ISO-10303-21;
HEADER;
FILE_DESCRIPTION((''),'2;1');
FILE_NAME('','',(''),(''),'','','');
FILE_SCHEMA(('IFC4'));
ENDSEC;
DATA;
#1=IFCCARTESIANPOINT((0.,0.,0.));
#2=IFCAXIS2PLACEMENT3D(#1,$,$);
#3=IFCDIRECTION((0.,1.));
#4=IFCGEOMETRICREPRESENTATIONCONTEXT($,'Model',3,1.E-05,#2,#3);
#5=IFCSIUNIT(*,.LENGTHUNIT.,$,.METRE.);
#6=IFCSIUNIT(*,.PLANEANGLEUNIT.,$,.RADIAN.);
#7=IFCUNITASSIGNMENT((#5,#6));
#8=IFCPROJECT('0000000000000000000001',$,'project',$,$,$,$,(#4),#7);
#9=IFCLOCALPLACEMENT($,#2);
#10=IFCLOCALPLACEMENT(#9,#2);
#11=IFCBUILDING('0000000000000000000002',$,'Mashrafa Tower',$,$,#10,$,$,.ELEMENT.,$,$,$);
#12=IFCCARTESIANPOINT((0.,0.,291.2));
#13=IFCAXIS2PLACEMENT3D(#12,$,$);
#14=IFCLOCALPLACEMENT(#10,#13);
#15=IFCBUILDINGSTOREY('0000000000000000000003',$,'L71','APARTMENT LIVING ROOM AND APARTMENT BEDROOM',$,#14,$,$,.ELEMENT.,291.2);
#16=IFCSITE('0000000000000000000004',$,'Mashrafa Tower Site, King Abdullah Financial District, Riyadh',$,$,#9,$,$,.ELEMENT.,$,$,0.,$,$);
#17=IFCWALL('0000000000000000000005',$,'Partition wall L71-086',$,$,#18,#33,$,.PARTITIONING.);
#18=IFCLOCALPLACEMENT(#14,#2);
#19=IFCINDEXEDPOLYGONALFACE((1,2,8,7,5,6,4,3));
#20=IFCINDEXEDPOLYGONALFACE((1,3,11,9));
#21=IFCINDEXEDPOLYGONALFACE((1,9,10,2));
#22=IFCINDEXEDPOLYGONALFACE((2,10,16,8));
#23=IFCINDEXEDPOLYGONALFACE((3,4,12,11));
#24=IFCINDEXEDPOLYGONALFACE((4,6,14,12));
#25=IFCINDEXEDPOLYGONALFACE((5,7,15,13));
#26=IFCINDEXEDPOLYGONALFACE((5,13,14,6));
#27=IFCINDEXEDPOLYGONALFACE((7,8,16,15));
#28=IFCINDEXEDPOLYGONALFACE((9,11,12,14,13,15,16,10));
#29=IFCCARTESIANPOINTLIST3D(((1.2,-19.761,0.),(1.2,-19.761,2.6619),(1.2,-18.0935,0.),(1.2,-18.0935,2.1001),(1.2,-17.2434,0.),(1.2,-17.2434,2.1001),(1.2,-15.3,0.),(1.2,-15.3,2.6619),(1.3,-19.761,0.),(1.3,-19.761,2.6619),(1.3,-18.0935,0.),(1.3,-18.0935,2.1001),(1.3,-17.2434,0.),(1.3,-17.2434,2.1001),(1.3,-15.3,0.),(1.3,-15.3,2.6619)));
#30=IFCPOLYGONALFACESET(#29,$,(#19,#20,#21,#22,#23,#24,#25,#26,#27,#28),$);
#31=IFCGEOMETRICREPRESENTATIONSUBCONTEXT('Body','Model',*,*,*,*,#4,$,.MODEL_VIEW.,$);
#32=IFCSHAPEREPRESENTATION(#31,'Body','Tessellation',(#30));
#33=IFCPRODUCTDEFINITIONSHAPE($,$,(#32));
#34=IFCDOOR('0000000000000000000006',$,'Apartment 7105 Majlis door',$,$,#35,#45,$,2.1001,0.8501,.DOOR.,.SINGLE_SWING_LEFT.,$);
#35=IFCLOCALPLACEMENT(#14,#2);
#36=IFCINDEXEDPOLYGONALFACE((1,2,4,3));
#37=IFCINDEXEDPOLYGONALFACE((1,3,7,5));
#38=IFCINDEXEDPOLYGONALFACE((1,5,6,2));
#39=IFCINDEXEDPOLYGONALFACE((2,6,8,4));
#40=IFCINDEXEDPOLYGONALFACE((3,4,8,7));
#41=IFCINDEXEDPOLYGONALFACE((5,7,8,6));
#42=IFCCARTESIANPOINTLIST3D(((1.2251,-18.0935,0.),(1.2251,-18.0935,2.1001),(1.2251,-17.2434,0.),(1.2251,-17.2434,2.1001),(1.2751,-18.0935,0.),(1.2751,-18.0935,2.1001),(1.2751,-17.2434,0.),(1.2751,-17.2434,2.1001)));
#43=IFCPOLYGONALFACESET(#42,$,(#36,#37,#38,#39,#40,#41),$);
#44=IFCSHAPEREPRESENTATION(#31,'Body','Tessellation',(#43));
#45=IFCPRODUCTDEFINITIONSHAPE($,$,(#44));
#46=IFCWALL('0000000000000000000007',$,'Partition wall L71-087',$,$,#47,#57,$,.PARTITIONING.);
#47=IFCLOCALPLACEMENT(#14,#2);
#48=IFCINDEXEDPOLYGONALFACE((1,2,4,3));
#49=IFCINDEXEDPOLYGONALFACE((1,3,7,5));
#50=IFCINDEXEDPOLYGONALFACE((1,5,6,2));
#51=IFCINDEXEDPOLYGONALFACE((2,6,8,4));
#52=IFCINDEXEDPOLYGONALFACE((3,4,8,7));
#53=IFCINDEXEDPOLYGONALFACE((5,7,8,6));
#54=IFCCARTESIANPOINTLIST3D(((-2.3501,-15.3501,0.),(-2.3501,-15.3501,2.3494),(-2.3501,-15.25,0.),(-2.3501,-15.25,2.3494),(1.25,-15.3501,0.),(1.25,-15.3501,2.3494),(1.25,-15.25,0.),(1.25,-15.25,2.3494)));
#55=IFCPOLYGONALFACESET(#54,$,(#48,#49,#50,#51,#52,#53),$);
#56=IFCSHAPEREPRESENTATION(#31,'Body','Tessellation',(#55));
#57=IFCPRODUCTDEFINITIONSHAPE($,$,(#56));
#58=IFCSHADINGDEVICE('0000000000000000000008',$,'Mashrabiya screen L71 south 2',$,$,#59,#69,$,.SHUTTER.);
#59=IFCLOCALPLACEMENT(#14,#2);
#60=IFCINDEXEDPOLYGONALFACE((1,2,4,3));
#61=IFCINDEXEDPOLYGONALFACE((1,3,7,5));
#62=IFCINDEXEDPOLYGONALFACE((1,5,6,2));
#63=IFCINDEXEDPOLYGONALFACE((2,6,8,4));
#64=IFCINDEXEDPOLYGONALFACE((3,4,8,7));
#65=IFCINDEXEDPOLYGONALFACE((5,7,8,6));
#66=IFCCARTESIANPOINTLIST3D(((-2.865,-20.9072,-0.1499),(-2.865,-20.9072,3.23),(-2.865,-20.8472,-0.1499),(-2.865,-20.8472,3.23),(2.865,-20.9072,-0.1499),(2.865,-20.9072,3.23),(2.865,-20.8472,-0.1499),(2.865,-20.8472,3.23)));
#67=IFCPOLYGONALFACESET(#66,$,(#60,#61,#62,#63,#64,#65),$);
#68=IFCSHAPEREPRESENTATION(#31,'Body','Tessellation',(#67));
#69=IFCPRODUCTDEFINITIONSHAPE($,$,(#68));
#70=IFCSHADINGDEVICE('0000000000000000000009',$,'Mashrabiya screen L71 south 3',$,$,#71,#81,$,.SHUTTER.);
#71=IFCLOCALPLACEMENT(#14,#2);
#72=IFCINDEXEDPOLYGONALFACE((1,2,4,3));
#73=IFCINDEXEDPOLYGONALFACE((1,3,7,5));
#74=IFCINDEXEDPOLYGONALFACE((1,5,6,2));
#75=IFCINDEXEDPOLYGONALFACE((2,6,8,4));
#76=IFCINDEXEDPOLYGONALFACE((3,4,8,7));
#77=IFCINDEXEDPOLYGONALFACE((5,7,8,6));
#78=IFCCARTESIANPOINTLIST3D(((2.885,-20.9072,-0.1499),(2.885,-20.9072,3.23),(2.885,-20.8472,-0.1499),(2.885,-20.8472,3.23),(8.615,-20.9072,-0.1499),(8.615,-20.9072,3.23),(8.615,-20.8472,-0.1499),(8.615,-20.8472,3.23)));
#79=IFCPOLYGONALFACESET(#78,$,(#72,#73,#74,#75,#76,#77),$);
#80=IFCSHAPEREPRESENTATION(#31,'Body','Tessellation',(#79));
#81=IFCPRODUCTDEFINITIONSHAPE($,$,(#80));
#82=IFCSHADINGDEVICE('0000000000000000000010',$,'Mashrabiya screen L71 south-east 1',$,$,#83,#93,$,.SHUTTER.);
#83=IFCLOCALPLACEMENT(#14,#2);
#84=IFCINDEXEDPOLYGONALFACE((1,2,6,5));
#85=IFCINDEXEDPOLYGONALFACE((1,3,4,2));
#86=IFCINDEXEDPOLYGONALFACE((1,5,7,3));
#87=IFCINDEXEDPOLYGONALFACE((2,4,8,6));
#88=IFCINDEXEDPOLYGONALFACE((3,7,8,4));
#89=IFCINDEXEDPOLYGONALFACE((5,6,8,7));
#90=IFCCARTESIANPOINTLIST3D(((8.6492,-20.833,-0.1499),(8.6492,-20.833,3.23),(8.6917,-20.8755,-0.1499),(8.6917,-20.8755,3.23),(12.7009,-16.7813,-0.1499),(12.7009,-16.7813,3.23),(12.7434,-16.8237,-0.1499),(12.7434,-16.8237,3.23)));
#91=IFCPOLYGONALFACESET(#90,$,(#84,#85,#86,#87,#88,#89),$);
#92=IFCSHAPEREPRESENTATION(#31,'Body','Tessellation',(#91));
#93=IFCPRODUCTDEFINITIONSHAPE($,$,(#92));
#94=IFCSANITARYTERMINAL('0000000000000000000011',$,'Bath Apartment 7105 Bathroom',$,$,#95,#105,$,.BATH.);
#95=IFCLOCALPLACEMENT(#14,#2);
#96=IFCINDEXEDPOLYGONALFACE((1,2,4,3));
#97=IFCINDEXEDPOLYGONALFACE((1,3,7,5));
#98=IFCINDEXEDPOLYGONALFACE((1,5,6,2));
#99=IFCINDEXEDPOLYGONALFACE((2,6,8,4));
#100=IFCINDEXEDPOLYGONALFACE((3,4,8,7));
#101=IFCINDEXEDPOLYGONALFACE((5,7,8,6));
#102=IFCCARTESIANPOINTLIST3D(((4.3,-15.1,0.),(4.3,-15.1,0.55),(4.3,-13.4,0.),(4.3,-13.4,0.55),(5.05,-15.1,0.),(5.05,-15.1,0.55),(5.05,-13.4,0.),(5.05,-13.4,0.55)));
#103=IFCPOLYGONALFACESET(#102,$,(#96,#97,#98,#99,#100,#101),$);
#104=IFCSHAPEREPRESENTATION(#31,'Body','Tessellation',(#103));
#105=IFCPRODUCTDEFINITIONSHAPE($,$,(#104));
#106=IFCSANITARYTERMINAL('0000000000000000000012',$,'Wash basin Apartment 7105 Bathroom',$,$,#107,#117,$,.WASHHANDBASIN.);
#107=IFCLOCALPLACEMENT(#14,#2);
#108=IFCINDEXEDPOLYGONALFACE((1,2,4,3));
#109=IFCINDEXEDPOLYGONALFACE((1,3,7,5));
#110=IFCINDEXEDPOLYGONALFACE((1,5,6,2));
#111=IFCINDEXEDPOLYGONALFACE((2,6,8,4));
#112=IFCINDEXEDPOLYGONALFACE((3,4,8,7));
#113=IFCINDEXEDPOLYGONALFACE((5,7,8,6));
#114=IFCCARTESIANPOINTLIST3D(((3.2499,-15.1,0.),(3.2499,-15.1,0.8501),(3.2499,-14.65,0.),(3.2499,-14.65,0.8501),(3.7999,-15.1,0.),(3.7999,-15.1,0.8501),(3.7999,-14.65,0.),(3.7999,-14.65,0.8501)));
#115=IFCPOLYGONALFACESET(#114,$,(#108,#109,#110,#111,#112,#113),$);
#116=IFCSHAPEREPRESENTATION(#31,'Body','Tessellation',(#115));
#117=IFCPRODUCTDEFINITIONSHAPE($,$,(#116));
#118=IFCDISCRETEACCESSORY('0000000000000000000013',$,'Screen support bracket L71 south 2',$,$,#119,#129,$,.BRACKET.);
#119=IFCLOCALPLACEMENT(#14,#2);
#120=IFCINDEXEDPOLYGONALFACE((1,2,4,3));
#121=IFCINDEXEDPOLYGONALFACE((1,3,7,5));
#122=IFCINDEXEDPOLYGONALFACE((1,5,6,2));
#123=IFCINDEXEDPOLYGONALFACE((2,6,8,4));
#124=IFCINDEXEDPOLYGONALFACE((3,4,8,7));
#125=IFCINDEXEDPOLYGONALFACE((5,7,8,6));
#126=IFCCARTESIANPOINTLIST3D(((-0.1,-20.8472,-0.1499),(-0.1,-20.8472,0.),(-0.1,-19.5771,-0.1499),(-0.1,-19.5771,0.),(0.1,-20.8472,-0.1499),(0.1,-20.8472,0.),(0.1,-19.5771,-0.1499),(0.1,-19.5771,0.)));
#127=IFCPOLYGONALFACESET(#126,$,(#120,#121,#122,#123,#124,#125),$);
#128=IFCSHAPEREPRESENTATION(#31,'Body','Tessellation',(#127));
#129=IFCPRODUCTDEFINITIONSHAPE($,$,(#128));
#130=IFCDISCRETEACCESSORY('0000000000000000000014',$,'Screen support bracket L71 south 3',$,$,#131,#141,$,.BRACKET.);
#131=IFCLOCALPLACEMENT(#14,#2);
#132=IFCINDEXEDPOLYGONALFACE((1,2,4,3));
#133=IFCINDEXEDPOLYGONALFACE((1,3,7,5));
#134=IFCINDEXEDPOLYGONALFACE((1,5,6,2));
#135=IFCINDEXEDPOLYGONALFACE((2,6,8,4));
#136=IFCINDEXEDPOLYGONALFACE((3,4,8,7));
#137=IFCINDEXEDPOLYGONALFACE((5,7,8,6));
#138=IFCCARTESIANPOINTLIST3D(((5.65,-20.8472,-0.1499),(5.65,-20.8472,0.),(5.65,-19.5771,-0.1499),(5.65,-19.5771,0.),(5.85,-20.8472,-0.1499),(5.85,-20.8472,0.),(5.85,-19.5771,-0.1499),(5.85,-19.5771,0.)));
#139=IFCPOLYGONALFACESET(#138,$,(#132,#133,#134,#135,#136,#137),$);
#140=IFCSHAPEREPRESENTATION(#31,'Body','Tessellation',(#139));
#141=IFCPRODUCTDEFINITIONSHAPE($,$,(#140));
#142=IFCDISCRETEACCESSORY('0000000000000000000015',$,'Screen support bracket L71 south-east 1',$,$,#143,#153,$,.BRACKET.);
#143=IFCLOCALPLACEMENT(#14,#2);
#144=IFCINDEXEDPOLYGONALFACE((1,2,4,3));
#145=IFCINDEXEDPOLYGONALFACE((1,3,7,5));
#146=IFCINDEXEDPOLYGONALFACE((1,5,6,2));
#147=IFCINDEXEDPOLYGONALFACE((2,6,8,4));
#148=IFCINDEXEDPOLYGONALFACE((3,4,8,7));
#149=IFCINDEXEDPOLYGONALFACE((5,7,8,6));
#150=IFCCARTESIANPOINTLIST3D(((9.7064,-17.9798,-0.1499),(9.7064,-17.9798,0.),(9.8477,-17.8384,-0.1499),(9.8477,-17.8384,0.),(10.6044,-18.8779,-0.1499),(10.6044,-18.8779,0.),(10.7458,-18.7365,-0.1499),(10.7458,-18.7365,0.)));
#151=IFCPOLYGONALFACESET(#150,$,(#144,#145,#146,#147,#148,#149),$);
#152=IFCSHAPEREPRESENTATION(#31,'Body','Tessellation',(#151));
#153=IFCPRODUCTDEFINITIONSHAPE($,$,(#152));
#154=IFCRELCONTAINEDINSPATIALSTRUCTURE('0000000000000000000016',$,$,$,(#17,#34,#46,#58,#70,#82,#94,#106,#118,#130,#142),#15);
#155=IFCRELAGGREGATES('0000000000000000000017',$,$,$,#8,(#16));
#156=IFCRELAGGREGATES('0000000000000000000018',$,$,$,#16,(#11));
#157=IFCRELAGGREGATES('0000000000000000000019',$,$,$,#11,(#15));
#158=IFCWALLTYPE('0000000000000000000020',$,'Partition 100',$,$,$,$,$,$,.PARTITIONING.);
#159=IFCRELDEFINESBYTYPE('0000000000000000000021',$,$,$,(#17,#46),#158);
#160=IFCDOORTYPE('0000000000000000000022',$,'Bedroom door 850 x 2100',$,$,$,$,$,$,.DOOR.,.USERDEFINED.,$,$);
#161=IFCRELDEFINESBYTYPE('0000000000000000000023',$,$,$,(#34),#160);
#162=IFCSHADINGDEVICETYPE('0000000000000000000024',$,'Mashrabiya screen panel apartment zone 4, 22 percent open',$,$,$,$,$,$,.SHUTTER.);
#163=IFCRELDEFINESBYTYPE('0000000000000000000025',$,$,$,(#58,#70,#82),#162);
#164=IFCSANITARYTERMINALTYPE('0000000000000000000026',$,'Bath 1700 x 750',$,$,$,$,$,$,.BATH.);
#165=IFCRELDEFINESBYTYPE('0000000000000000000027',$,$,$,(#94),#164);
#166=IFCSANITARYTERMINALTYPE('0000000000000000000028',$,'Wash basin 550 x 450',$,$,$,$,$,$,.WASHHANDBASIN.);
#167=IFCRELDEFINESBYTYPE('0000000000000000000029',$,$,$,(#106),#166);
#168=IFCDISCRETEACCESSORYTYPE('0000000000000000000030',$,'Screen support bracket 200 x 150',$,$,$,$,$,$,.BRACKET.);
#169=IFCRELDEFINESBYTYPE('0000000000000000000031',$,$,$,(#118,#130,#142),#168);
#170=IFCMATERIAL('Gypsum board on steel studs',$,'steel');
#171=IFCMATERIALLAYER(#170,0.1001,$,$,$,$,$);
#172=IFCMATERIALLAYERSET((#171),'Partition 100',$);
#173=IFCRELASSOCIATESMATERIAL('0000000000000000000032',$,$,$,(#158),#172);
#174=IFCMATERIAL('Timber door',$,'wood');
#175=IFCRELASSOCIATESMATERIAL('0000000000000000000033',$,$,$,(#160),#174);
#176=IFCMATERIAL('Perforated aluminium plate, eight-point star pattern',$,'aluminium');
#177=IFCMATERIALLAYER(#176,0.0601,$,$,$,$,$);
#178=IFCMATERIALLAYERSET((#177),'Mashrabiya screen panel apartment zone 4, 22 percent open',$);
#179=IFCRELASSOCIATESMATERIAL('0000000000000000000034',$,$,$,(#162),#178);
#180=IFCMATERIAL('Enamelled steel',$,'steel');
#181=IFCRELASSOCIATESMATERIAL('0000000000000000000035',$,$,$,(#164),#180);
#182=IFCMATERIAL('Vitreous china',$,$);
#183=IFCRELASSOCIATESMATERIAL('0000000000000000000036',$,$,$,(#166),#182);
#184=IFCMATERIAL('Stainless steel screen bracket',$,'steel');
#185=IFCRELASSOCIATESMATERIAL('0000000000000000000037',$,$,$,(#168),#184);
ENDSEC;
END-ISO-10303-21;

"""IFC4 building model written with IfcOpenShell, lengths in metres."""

from ifc_helpers import new_model, si_unit, direction, frame, frame_2d, origin, origin_2d, place, context, subcontext, project, spatial, rectangle, extrude, source, transform, mapped, material, layer, layer_set, type_object, type_shapes, element, fill, save


model = new_model("IFC4")

# Units and contexts
model_context = context("Model", 3, precision=1e-05, world=origin(), true_north=direction((0.0, 1.0)))
body_context = subcontext(model_context, "Body", "Model", "MODEL_VIEW")
ifc_project = project(units=[si_unit("LENGTHUNIT", "METRE"), si_unit("PLANEANGLEUNIT", "RADIAN")], contexts=[model_context])

# Site, building, storey
site_placement = place(None, origin())
site = spatial("IfcSite", under=ifc_project, at=site_placement, Name="Mashrafa Tower Site, King Abdullah Financial District, Riyadh", CompositionType="ELEMENT", RefElevation=0.0)
building_placement = place(site_placement, origin())
building = spatial("IfcBuilding", under=site, at=building_placement, Name="Mashrafa Tower", CompositionType="ELEMENT")
storey_placement = place(building_placement, frame((0.0, 0.0, 291.2)))
storey = spatial("IfcBuildingStorey", under=building, at=storey_placement, Name="L71", Description="APARTMENT LIVING ROOM AND APARTMENT BEDROOM", CompositionType="ELEMENT", Elevation=291.2)

# Shared definitions
ifc_material_1 = material(Name="Gypsum board on steel studs", Category="steel")
ifc_layer_1 = layer(ifc_material_1, 0.1001)
ifc_layer_set_1 = layer_set([ifc_layer_1], Name="Partition 100")
wall_type = type_object("IfcWallType", Name="Partition 100", PredefinedType="PARTITIONING", material=ifc_layer_set_1)

# Wall, opening, door
wall_1_placement = place(storey_placement, frame((1.25, -19.761, 0.0), z_axis=(0.0, 0.0, 1.0), x_axis=(0.0, 1.0, 0.0)))
wall_1 = element("IfcWall", 1, at=wall_1_placement, inside=storey, type_object=wall_type, Name="Partition wall L71-086", PredefinedType="PARTITIONING", context=body_context, shape_type="SweptSolid", body=[
    extrude(rectangle(XDim=4.4609, YDim=0.1001, at=frame_2d((2.2305, 0.0))), origin(), (0.0, 0.0, 1.0), 2.6619),
])
opening_placement = place(wall_1_placement, frame((1.6675, 0.0, 0.0)))
opening = element("IfcOpeningElement", 2, at=opening_placement, cuts=wall_1, PredefinedType="OPENING", context=body_context, shape_type="SweptSolid", body=[
    extrude(rectangle(XDim=0.8501, YDim=2.1001, at=frame_2d((0.425, 1.05))), frame((0.0, 0.0601, 0.0), z_axis=(0.0, -1.0, 0.0), x_axis=(1.0, 0.0, 0.0)), (0.0, 0.0, 1.0), 0.1201),
])
ifc_material_2 = material(Name="Timber door", Category="wood")
door_type = type_object("IfcDoorType", Name="Bedroom door 850 x 2100", OperationType="USERDEFINED", PredefinedType="DOOR", material=ifc_material_2)
door_placement = place(opening_placement, origin())
door = element("IfcDoor", 3, at=door_placement, inside=storey, type_object=door_type, Name="Apartment 7105 Majlis door", OperationType="SINGLE_SWING_LEFT", OverallHeight=2.1001, OverallWidth=0.8501, PredefinedType="DOOR", context=body_context, shape_type="SweptSolid", body=[
    extrude(rectangle(XDim=0.8501, YDim=2.1001, at=frame_2d((0.425, 1.05))), frame((0.0, 0.0249, 0.0), z_axis=(0.0, -1.0, 0.0), x_axis=(1.0, 0.0, 0.0)), (0.0, 0.0, 1.0), 0.05),
])
fill(opening, door)

# Wall
wall_2_placement = place(storey_placement, frame((1.25, -15.3, 0.0), z_axis=(0.0, 0.0, 1.0), x_axis=(-1.0, 0.0, 0.0)))
element("IfcWall", 4, at=wall_2_placement, inside=storey, type_object=wall_type, Name="Partition wall L71-087", PredefinedType="PARTITIONING", context=body_context, shape_type="SweptSolid", body=[
    extrude(rectangle(XDim=3.6001, YDim=0.1001, at=frame_2d((1.8, 0.0))), origin(), (0.0, 0.0, 1.0), 2.3494),
])

# Shading devices
ifc_material_3 = material(Name="Perforated aluminium plate, eight-point star pattern", Category="aluminium")
ifc_layer_2 = layer(ifc_material_3, 0.0601)
ifc_layer_set_2 = layer_set([ifc_layer_2], Name="Mashrabiya screen panel apartment zone 4, 22 percent open")
shading_device_type = type_object("IfcShadingDeviceType", Name="Mashrabiya screen panel apartment zone 4, 22 percent open", PredefinedType="SHUTTER", material=ifc_layer_set_2)
shared_shape_1 = source(origin(), body_context, "Body", "SweptSolid", [
    extrude(rectangle(XDim=5.73, YDim=0.0601, at=origin_2d()), origin(), (0.0, 0.0, 1.0), 3.3799),
])
type_shapes(shading_device_type, [shared_shape_1])
for number, where, z_axis, x_axis, name in (
    (5, (0.0, -20.8772, -0.1499), (0.0, 0.0, 1.0), (1.0, 0.0, 0.0), "Mashrabiya screen L71 south 2"),
    (6, (5.75, -20.8772, -0.1499), (0.0, 0.0, 1.0), (1.0, 0.0, 0.0), "Mashrabiya screen L71 south 3"),
    (7, (10.6963, -18.8284, -0.1499), (0.0, 0.0, 1.0), (0.707107, 0.707107, 0.0), "Mashrabiya screen L71 south-east 1"),
):
    element("IfcShadingDevice", number, at=place(storey_placement, frame(where, z_axis=z_axis, x_axis=x_axis)), inside=storey, type_object=shading_device_type, Name=name, PredefinedType="SHUTTER", context=body_context, shape_type="MappedRepresentation", body=[
        mapped(shared_shape_1, transform((0.0, 0.0, 0.0))),
    ])

# Sanitary terminals
ifc_material_4 = material(Name="Enamelled steel", Category="steel")
sanitary_terminal_type_1 = type_object("IfcSanitaryTerminalType", Name="Bath 1700 x 750", PredefinedType="BATH", material=ifc_material_4)
sanitary_terminal_1_placement = place(storey_placement, frame((4.675, -14.25, 0.0), z_axis=(0.0, 0.0, 1.0), x_axis=(0.0, 1.0, 0.0)))
element("IfcSanitaryTerminal", 8, at=sanitary_terminal_1_placement, inside=storey, type_object=sanitary_terminal_type_1, Name="Bath Apartment 7105 Bathroom", PredefinedType="BATH", context=body_context, shape_type="SweptSolid", body=[
    extrude(rectangle(XDim=1.7, YDim=0.75, at=origin_2d()), origin(), (0.0, 0.0, 1.0), 0.55),
])
ifc_material_5 = material(Name="Vitreous china")
sanitary_terminal_type_2 = type_object("IfcSanitaryTerminalType", Name="Wash basin 550 x 450", PredefinedType="WASHHANDBASIN", material=ifc_material_5)
sanitary_terminal_2_placement = place(storey_placement, frame((3.5249, -14.875, 0.0), z_axis=(0.0, 0.0, 1.0), x_axis=(1.0, 0.0, 0.0)))
element("IfcSanitaryTerminal", 9, at=sanitary_terminal_2_placement, inside=storey, type_object=sanitary_terminal_type_2, Name="Wash basin Apartment 7105 Bathroom", PredefinedType="WASHHANDBASIN", context=body_context, shape_type="SweptSolid", body=[
    extrude(rectangle(XDim=0.55, YDim=0.45, at=origin_2d()), origin(), (0.0, 0.0, 1.0), 0.8501),
])

# Discrete accessories
ifc_material_6 = material(Name="Stainless steel screen bracket", Category="steel")
discrete_accessory_type = type_object("IfcDiscreteAccessoryType", Name="Screen support bracket 200 x 150", PredefinedType="BRACKET", material=ifc_material_6)
shared_shape_2 = source(origin(), body_context, "Body", "SweptSolid", [
    extrude(rectangle(XDim=0.2, YDim=1.27, at=origin_2d()), origin(), (0.0, 0.0, 1.0), 0.1499),
])
type_shapes(discrete_accessory_type, [shared_shape_2])
for number, where, z_axis, x_axis, name in (
    (10, (0.0, -20.2122, -0.1499), (0.0, 0.0, 1.0), (1.0, 0.0, 0.0), "Screen support bracket L71 south 2"),
    (11, (5.75, -20.2122, -0.1499), (0.0, 0.0, 1.0), (1.0, 0.0, 0.0), "Screen support bracket L71 south 3"),
    (12, (10.2261, -18.3582, -0.1499), (0.0, 0.0, 1.0), (0.707107, 0.707107, 0.0), "Screen support bracket L71 south-east 1"),
):
    element("IfcDiscreteAccessory", number, at=place(storey_placement, frame(where, z_axis=z_axis, x_axis=x_axis)), inside=storey, type_object=discrete_accessory_type, Name=name, PredefinedType="BRACKET", context=body_context, shape_type="MappedRepresentation", body=[
        mapped(shared_shape_2, transform((0.0, 0.0, 0.0))),
    ])

save(model, "model.ifc")
